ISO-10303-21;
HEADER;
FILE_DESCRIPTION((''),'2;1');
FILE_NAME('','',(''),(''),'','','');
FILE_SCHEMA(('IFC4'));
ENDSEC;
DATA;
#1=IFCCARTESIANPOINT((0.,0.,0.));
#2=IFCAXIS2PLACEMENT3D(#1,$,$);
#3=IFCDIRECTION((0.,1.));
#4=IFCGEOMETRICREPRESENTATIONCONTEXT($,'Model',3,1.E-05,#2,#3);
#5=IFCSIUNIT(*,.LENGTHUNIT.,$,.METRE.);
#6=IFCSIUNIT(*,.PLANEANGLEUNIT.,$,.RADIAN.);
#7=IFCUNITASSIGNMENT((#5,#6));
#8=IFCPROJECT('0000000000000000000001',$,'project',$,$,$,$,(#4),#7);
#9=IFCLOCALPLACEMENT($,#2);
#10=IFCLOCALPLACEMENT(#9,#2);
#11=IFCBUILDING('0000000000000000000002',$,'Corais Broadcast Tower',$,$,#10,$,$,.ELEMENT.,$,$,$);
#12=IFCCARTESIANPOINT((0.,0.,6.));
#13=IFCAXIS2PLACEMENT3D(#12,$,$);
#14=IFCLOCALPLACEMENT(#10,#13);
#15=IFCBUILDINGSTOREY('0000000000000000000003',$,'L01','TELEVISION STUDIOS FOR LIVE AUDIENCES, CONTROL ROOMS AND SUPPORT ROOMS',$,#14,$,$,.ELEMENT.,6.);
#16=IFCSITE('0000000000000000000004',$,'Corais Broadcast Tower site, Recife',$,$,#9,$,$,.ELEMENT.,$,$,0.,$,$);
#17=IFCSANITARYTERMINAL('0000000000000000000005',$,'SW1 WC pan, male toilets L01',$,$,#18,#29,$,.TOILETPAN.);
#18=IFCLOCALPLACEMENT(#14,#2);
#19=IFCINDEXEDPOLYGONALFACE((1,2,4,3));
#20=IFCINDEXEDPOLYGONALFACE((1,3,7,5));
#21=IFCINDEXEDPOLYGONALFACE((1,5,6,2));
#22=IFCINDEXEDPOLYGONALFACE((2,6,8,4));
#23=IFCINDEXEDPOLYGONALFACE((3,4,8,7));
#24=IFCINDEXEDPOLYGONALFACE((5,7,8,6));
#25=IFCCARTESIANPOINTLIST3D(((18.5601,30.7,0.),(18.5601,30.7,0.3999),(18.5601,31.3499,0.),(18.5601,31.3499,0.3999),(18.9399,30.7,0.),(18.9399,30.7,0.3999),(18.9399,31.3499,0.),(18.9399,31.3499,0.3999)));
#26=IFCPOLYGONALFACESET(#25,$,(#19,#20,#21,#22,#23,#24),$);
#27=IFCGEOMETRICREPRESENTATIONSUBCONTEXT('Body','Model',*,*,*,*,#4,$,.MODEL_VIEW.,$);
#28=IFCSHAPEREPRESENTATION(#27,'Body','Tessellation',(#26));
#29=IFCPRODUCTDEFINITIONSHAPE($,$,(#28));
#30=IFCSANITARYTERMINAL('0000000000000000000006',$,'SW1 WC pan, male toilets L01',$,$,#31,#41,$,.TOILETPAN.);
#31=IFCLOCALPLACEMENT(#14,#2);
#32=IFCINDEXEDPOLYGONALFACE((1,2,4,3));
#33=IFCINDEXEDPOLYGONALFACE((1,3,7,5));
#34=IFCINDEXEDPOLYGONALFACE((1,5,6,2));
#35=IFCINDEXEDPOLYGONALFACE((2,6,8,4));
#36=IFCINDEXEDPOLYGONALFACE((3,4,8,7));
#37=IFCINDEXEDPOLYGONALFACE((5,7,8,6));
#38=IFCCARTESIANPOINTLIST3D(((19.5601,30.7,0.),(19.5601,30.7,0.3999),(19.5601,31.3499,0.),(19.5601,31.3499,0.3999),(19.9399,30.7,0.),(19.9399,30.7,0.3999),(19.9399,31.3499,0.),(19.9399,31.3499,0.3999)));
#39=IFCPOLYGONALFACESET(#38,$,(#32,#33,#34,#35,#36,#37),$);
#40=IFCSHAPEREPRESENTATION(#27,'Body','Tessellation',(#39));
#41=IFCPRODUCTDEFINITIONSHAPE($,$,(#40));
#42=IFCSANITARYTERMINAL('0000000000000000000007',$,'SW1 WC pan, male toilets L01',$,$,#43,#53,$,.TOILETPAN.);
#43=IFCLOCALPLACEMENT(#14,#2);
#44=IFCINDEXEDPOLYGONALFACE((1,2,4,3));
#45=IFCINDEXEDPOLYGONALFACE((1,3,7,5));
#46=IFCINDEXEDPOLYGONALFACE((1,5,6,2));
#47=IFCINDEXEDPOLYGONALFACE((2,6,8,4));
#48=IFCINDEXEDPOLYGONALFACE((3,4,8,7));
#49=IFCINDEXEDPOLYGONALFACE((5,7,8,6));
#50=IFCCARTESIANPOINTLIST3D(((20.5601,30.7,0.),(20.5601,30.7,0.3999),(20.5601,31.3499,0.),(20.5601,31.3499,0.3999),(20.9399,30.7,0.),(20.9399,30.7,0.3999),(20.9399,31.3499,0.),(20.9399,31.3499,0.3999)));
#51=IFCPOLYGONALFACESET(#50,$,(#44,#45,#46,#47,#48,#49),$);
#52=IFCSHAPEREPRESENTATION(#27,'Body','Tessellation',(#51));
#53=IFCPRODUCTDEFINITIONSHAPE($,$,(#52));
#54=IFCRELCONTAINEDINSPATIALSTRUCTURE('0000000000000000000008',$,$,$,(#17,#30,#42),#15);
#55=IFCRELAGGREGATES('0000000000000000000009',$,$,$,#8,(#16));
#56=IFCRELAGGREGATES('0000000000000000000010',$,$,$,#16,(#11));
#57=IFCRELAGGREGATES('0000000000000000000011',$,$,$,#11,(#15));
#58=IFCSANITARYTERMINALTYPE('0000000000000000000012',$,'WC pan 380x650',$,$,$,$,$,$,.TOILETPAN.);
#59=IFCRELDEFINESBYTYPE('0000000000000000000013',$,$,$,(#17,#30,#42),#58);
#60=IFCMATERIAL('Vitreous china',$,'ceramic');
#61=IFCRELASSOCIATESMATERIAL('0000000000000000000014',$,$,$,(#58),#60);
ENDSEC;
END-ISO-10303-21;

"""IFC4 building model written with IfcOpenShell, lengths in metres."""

from ifc_helpers import new_model, si_unit, direction, frame, origin, origin_2d, place, context, subcontext, project, spatial, rectangle, extrude, material, type_object, element, save


model = new_model("IFC4")

# Units and contexts
model_context = context("Model", 3, precision=1e-05, world=origin(), true_north=direction((0.0, 1.0)))
body_context = subcontext(model_context, "Body", "Model", "MODEL_VIEW")
ifc_project = project(units=[si_unit("LENGTHUNIT", "METRE"), si_unit("PLANEANGLEUNIT", "RADIAN")], contexts=[model_context])

# Site, building, storey
site_placement = place(None, origin())
site = spatial("IfcSite", under=ifc_project, at=site_placement, Name="Corais Broadcast Tower site, Recife", CompositionType="ELEMENT", RefElevation=0.0)
building_placement = place(site_placement, origin())
building = spatial("IfcBuilding", under=site, at=building_placement, Name="Corais Broadcast Tower", CompositionType="ELEMENT")
storey_placement = place(building_placement, frame((0.0, 0.0, 6.0)))
storey = spatial("IfcBuildingStorey", under=building, at=storey_placement, Name="L01", Description="TELEVISION STUDIOS FOR LIVE AUDIENCES, CONTROL ROOMS AND SUPPORT ROOMS", CompositionType="ELEMENT", Elevation=6.0)

# Sanitary terminals
ifc_material_1 = material(Name="Vitreous china", Category="ceramic")
sanitary_terminal_type = type_object("IfcSanitaryTerminalType", Name="WC pan 380x650", PredefinedType="TOILETPAN", material=ifc_material_1)
for number, where, z_axis, x_axis, name in (
    (1, (18.75, 31.0249, 0.0), (0.0, 0.0, 1.0), (1.0, 0.0, 0.0), "SW1 WC pan, male toilets L01"),
    (2, (19.75, 31.0249, 0.0), (0.0, 0.0, 1.0), (1.0, 0.0, 0.0), "SW1 WC pan, male toilets L01"),
    (3, (20.75, 31.0249, 0.0), (0.0, 0.0, 1.0), (1.0, 0.0, 0.0), "SW1 WC pan, male toilets L01"),
):
    element("IfcSanitaryTerminal", number, at=place(storey_placement, frame(where, z_axis=z_axis, x_axis=x_axis)), inside=storey, type_object=sanitary_terminal_type, Name=name, PredefinedType="TOILETPAN", context=body_context, shape_type="SweptSolid", body=[
        extrude(rectangle(XDim=0.3799, YDim=0.6499, at=origin_2d()), origin(), (0.0, 0.0, 1.0), 0.3999),
    ])

save(model, "model.ifc")
